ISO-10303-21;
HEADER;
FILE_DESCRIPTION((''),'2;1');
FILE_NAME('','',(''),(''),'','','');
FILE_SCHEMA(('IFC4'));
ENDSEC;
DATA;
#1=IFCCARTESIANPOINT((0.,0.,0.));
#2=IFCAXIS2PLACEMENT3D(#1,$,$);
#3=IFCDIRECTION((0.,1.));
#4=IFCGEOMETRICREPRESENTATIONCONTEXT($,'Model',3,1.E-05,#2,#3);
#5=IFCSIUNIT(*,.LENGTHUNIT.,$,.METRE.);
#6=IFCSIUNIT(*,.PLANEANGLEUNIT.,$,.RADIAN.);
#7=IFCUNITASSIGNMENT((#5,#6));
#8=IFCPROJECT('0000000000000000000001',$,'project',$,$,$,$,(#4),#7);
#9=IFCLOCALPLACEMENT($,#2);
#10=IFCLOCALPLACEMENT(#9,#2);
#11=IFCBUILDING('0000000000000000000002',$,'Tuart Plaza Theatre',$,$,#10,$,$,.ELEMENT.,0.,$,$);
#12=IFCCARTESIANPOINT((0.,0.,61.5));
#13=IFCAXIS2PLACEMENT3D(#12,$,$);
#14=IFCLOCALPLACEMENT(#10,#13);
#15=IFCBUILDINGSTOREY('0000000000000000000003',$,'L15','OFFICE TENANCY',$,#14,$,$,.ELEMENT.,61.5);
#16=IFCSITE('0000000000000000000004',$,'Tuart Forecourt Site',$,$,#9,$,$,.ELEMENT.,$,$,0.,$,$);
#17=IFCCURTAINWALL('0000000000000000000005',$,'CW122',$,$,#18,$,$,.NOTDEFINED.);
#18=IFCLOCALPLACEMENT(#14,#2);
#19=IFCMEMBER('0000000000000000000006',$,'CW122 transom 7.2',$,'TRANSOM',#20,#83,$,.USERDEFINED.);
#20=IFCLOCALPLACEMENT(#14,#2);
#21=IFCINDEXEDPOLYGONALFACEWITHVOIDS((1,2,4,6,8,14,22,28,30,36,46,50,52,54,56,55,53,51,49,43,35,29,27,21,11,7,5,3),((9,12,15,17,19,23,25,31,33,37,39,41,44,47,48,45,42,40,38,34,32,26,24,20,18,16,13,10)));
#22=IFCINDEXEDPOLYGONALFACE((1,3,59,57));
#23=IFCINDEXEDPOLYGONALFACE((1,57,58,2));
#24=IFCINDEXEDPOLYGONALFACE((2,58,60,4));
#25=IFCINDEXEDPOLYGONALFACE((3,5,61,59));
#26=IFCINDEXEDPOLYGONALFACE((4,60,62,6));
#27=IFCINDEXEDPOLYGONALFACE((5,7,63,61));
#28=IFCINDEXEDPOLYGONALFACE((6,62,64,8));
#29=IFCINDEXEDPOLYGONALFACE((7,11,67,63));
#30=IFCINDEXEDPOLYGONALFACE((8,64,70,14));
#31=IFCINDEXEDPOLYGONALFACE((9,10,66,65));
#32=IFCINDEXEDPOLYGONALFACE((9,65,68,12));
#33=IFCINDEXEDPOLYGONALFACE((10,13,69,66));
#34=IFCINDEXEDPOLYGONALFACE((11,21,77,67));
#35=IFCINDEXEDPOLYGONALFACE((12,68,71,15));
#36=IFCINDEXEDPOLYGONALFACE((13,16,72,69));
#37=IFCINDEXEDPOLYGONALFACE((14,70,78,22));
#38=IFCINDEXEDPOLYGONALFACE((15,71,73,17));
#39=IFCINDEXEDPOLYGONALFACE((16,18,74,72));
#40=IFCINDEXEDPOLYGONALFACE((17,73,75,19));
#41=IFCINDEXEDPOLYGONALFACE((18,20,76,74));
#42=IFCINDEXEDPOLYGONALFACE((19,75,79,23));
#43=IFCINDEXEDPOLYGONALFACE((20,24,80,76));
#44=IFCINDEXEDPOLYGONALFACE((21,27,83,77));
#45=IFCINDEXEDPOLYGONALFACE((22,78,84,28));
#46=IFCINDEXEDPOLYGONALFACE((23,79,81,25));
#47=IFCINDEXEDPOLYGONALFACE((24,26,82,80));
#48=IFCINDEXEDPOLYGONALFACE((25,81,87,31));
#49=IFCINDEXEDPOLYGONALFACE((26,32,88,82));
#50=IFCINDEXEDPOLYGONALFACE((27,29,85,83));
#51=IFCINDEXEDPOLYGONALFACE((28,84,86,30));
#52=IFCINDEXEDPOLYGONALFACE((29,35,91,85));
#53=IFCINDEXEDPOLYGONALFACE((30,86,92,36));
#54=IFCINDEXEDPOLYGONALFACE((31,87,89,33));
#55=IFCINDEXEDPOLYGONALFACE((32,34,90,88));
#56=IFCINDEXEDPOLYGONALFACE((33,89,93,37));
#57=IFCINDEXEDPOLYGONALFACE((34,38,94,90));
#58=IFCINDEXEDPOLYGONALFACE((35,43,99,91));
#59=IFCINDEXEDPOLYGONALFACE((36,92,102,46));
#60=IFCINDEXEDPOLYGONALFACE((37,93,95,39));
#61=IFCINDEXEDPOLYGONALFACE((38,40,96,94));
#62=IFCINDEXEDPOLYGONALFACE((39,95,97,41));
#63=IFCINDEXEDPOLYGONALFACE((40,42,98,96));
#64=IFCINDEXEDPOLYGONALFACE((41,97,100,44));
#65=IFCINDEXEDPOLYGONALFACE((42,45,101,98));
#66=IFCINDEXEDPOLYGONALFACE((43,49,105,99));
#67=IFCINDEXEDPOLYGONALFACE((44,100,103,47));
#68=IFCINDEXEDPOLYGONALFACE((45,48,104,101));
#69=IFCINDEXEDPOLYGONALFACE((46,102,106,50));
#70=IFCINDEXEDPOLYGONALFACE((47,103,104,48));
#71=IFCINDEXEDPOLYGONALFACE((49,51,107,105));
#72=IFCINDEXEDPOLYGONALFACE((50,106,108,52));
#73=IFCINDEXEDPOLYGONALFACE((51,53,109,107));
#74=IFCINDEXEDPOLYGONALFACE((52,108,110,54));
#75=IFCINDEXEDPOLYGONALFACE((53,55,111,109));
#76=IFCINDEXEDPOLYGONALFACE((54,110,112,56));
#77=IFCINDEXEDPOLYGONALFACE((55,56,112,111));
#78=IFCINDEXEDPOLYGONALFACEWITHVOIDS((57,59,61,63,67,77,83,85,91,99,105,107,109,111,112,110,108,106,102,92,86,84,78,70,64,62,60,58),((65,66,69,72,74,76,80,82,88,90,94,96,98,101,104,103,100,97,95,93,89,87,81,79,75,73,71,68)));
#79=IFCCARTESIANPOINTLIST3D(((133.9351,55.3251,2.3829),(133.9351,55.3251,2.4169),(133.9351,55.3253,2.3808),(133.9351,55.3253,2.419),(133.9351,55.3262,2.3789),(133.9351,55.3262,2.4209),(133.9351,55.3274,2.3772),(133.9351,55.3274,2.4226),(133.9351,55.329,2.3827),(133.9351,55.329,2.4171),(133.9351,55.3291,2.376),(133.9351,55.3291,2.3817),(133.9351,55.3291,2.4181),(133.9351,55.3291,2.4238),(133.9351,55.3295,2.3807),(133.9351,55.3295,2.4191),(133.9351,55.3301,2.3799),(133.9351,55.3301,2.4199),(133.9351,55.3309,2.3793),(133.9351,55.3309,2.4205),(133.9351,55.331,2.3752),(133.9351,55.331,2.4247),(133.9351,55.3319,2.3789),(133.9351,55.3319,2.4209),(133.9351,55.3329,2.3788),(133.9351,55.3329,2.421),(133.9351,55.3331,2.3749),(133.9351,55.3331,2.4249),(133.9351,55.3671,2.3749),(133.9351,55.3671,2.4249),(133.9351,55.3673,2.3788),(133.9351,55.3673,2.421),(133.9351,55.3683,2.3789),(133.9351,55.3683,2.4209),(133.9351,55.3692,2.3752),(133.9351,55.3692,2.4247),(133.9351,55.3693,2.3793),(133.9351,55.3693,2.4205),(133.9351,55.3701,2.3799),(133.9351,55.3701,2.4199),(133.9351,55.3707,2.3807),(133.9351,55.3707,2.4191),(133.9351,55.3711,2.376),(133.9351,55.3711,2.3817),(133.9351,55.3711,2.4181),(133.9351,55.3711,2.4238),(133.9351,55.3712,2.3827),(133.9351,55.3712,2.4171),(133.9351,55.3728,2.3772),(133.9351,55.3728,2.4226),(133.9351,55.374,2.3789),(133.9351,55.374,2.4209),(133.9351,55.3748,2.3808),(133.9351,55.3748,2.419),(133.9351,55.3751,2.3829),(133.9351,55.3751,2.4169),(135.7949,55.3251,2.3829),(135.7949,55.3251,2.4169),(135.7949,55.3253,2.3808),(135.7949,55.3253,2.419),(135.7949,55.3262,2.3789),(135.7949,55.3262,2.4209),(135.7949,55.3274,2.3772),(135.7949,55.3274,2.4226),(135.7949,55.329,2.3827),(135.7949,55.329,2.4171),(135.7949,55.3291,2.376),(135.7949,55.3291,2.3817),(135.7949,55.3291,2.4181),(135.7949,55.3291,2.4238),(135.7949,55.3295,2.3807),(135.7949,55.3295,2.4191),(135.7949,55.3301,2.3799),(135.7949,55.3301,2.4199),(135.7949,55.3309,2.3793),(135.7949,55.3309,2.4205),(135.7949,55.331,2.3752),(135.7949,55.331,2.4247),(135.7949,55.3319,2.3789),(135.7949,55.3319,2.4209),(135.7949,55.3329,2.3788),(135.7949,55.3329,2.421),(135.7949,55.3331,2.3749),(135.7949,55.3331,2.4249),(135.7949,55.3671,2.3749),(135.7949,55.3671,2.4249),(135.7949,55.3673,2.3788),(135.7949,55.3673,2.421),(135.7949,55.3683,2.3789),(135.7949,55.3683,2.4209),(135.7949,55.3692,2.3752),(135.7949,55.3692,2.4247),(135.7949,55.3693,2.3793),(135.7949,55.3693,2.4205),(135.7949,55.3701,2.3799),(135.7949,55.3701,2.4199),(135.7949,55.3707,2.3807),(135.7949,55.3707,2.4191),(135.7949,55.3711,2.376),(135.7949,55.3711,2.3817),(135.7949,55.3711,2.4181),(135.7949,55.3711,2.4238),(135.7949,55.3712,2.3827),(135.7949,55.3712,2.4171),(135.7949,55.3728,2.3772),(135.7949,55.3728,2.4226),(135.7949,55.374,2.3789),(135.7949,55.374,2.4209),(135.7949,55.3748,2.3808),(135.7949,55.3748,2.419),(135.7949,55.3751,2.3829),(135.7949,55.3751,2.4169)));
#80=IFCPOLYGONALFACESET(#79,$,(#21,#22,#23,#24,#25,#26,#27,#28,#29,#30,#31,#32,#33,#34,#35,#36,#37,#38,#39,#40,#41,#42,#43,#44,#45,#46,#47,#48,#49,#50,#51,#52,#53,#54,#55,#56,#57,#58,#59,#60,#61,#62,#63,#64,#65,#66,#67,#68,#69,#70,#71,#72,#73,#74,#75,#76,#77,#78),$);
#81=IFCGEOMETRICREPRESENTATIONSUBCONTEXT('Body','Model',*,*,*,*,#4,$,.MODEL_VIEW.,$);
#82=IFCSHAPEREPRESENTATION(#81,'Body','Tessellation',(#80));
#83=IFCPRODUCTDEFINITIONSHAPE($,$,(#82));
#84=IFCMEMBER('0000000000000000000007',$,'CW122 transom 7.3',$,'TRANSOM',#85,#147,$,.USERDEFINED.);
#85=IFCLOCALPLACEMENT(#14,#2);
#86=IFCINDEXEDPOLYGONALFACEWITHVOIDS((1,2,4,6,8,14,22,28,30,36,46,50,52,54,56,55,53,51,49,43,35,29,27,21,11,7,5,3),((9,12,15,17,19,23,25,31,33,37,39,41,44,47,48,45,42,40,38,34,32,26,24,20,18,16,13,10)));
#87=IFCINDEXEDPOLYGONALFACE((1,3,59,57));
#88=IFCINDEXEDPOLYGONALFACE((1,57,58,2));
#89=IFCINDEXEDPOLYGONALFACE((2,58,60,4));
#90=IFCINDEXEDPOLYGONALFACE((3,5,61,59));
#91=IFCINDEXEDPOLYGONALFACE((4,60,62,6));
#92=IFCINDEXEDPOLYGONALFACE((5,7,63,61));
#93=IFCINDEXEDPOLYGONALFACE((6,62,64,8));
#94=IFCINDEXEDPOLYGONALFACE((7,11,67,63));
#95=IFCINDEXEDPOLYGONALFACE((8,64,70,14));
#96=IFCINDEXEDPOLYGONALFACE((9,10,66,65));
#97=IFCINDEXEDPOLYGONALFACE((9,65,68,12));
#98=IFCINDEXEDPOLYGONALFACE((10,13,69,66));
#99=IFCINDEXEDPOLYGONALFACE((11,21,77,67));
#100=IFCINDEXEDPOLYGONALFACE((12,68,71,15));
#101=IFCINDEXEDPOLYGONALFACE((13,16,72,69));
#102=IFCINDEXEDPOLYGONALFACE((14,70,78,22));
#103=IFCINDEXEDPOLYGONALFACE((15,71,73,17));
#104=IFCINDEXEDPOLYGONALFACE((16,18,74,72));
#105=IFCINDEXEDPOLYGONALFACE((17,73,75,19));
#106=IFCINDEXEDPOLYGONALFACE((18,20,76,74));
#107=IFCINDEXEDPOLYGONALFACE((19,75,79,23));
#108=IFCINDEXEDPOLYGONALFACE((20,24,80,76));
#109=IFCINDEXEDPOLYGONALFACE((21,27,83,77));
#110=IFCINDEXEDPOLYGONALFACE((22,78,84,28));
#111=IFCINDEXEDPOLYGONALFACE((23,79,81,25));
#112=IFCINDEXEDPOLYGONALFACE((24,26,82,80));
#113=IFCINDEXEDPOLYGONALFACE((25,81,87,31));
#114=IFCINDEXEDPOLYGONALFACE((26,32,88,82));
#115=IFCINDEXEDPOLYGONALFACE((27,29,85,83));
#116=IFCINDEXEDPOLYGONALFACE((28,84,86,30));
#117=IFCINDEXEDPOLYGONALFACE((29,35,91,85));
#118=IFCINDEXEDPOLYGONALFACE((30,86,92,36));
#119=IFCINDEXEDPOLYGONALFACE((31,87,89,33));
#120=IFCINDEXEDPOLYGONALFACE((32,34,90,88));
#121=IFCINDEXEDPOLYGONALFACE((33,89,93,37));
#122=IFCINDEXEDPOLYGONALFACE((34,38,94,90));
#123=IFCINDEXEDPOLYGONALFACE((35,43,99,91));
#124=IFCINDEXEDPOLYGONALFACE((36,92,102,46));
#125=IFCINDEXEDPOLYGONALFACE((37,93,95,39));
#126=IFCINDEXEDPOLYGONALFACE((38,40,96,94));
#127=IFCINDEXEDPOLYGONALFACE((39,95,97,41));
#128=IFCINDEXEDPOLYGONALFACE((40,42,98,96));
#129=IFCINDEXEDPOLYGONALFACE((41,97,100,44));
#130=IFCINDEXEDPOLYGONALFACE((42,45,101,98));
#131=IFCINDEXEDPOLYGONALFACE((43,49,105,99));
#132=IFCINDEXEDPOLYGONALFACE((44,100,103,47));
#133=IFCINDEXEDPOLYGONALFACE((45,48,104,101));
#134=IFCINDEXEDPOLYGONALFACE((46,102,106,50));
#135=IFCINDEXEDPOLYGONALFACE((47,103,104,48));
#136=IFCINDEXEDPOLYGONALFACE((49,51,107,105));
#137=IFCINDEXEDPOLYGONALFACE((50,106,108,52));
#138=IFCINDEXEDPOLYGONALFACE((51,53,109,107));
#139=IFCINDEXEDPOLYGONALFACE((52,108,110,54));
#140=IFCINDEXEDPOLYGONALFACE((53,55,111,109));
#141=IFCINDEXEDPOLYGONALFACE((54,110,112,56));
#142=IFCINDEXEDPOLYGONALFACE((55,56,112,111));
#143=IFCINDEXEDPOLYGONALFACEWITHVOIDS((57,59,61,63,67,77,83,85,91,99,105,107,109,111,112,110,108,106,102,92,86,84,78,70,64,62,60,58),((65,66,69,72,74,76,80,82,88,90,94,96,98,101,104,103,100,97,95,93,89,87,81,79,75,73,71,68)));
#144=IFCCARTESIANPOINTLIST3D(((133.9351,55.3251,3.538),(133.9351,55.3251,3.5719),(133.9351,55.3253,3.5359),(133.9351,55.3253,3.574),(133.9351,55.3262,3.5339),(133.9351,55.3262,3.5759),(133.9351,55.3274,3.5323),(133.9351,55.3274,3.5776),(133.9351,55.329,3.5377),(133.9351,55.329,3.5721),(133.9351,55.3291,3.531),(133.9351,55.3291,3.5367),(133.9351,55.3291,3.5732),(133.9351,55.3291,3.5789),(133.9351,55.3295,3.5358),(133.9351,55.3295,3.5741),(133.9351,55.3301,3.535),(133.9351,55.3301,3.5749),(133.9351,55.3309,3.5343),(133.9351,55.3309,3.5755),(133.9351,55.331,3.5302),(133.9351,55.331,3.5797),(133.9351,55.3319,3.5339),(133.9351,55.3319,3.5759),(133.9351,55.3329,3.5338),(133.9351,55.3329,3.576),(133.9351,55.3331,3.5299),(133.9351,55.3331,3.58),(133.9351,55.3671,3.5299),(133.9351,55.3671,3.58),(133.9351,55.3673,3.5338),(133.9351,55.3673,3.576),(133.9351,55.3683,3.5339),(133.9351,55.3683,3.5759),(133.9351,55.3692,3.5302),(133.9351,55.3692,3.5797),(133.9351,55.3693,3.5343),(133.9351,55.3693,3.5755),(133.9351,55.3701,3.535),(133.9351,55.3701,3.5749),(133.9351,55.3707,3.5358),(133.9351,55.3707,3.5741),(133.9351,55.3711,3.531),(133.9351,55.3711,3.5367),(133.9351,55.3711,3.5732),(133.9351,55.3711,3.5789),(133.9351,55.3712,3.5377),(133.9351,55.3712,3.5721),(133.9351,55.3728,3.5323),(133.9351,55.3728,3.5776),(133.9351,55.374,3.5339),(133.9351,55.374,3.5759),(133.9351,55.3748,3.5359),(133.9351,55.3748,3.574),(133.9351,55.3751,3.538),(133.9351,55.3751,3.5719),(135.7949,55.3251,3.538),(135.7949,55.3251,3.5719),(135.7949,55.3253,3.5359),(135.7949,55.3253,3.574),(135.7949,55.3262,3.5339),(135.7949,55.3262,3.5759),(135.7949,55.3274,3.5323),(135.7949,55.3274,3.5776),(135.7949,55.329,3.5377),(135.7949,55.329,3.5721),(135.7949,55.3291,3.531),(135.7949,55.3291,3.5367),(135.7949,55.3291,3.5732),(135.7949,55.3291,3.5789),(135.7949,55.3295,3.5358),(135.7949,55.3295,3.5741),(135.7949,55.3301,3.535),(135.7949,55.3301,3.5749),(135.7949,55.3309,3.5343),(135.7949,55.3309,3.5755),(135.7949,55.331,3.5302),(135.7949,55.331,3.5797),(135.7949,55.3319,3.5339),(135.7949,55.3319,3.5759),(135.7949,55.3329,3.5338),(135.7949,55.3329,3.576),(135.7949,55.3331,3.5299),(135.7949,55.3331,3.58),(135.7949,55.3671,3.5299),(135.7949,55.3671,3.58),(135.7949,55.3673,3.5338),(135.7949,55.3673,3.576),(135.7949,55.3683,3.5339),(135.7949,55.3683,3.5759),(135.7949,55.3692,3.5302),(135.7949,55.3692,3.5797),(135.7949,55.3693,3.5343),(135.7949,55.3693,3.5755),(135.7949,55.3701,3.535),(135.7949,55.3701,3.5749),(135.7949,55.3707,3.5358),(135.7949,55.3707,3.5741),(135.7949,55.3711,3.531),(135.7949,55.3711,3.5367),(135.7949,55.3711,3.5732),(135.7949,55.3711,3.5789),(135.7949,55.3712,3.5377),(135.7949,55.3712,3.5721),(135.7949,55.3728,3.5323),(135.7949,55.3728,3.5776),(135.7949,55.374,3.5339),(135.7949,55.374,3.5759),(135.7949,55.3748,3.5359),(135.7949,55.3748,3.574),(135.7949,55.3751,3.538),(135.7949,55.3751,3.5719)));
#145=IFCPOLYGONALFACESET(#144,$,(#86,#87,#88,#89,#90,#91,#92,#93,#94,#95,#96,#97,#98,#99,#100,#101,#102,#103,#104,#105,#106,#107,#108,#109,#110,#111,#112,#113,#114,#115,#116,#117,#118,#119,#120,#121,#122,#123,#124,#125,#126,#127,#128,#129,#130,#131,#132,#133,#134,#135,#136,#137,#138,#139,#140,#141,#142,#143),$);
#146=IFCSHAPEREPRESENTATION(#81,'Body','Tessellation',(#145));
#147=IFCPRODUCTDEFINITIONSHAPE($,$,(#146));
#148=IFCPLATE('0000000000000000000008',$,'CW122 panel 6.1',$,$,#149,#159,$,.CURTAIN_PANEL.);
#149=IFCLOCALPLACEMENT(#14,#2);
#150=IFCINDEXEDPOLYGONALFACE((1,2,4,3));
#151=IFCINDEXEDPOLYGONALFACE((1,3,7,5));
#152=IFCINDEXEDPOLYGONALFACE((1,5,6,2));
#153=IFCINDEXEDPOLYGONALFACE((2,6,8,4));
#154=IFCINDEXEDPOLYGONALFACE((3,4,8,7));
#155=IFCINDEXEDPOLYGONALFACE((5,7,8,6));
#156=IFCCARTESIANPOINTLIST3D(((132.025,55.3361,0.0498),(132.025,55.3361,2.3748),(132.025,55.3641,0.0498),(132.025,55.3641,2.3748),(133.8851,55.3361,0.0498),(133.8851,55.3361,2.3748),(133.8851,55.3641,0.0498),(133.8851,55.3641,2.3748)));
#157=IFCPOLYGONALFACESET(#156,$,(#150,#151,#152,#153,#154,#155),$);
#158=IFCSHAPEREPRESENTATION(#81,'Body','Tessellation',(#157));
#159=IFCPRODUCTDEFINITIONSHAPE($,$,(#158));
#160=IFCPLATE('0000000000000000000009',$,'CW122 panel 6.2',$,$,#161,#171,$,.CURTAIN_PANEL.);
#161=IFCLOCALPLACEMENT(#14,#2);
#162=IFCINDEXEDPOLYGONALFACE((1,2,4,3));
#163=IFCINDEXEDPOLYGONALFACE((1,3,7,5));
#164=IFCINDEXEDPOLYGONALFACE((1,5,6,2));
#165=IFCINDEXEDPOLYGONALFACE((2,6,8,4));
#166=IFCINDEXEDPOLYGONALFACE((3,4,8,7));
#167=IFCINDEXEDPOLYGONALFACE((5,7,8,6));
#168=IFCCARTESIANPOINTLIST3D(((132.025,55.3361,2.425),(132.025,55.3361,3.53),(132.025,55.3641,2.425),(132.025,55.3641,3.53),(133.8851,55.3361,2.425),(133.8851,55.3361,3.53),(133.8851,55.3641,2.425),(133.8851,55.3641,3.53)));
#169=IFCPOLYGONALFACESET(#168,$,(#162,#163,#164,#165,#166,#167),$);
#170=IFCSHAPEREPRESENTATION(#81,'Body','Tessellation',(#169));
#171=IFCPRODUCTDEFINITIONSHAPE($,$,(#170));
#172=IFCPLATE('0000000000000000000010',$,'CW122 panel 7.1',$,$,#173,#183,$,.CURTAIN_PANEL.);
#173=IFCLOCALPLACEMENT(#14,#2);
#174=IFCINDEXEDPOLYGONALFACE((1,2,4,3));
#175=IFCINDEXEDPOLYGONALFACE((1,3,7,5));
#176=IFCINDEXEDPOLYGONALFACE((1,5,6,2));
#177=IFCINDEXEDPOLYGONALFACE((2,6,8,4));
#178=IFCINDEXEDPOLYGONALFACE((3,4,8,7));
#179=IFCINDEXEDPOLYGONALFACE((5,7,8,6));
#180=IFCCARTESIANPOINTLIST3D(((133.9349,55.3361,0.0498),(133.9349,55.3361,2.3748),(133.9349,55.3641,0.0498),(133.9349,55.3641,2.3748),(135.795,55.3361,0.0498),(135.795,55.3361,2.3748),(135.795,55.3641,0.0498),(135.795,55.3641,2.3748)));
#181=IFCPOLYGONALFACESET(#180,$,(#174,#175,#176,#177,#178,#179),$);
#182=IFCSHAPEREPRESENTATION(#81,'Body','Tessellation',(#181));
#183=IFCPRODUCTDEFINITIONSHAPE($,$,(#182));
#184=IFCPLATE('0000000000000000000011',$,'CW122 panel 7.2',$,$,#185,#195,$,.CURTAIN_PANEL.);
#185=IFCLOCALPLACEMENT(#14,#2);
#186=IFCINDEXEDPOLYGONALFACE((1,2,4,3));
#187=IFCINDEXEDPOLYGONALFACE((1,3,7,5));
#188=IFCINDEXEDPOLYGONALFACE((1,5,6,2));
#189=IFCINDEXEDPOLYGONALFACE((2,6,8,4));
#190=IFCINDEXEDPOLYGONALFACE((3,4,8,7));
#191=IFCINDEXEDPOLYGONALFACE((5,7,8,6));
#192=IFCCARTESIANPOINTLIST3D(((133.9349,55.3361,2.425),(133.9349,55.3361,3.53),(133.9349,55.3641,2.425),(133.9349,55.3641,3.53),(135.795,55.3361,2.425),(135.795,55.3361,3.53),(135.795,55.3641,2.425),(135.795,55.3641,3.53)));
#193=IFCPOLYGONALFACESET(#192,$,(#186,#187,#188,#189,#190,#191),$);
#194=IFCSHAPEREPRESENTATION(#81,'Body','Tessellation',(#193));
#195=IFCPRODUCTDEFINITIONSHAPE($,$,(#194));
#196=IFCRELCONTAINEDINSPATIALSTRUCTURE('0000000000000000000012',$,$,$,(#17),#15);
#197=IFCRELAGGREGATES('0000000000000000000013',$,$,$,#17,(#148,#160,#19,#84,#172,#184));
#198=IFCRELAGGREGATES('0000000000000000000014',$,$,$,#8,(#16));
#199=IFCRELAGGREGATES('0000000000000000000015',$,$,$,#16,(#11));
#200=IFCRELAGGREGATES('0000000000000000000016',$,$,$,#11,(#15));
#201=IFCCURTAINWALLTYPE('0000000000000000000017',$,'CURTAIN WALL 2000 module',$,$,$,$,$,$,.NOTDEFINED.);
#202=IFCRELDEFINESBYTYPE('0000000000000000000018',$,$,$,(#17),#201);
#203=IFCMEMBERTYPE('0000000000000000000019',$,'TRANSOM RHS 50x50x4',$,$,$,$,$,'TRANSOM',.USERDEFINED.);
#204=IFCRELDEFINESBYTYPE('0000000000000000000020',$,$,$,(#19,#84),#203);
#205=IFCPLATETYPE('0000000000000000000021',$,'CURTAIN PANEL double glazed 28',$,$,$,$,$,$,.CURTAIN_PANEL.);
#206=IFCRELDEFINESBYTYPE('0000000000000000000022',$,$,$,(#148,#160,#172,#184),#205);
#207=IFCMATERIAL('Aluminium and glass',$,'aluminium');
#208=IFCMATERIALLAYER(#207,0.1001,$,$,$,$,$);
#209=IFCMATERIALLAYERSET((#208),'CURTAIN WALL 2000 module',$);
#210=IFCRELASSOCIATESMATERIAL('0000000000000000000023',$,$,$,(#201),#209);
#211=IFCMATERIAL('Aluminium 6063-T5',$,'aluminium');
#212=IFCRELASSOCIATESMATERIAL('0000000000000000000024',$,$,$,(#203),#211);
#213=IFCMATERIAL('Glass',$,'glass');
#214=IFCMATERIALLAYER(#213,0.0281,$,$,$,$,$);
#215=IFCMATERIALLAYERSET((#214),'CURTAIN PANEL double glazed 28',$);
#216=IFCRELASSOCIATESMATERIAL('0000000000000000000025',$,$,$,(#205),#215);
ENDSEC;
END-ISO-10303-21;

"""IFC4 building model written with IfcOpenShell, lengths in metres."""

from ifc_helpers import new_model, si_unit, direction, frame, origin, origin_2d, place, context, subcontext, project, spatial, rectangle, hollow_rectangle, extrude, material, layer, layer_set, material_profile, profile_set, type_object, element, aggregate, save


model = new_model("IFC4")

# Units and contexts
model_context = context("Model", 3, precision=1e-05, world=origin(), true_north=direction((0.0, 1.0)))
body_context = subcontext(model_context, "Body", "Model", "MODEL_VIEW")
ifc_project = project(units=[si_unit("LENGTHUNIT", "METRE"), si_unit("PLANEANGLEUNIT", "RADIAN")], contexts=[model_context])

# Site, building, storey
site_placement = place(None, origin())
site = spatial("IfcSite", under=ifc_project, at=site_placement, Name="Tuart Forecourt Site", CompositionType="ELEMENT", RefElevation=0.0)
building_placement = place(site_placement, origin())
building = spatial("IfcBuilding", under=site, at=building_placement, Name="Tuart Plaza Theatre", CompositionType="ELEMENT", ElevationOfRefHeight=0.0)
storey_placement = place(building_placement, frame((0.0, 0.0, 61.5)))
storey = spatial("IfcBuildingStorey", under=building, at=storey_placement, Name="L15", Description="OFFICE TENANCY", CompositionType="ELEMENT", Elevation=61.5)

# Curtain wall, members, plates
ifc_material_1 = material(Name="Aluminium and glass", Category="aluminium")
ifc_layer_1 = layer(ifc_material_1, 0.1001)
ifc_layer_set_1 = layer_set([ifc_layer_1], Name="CURTAIN WALL 2000 module")
curtain_wall_type = type_object("IfcCurtainWallType", Name="CURTAIN WALL 2000 module", PredefinedType="NOTDEFINED", material=ifc_layer_set_1)
curtain_wall_placement = place(storey_placement, origin())
curtain_wall = element("IfcCurtainWall", 1, at=curtain_wall_placement, inside=storey, type_object=curtain_wall_type, Name="CW122", PredefinedType="NOTDEFINED")
ifc_material_2 = material(Name="Aluminium 6063-T5", Category="aluminium")
ifc_material_profile_1 = material_profile(ifc_material_2, hollow_rectangle(XDim=0.05, YDim=0.05, WallThickness=0.0039, InnerFilletRadius=0.0039, OuterFilletRadius=0.0081, at=origin_2d()), Name="RHS 50x50x4")
ifc_profile_set_1 = profile_set([ifc_material_profile_1], Name="Aluminium 6063-T5")
member_type_1 = type_object("IfcMemberType", Name="TRANSOM RHS 50x50x4", ElementType="TRANSOM", PredefinedType="USERDEFINED", material=ifc_profile_set_1)
member_1_placement = place(storey_placement, frame((133.9351, 55.3501, 2.3999), z_axis=(1.0, 0.0, 0.0), x_axis=(0.0, 1.0, 0.0)))
member_1 = element("IfcMember", 2, at=member_1_placement, type_object=member_type_1, Name="CW122 transom 7.2", ObjectType="TRANSOM", PredefinedType="USERDEFINED", context=body_context, shape_type="SweptSolid", body=[
    extrude(hollow_rectangle(XDim=0.05, YDim=0.05, WallThickness=0.0039, InnerFilletRadius=0.0039, OuterFilletRadius=0.0081, at=origin_2d()), origin(), (0.0, 0.0, 1.0), 1.8599),
])
member_2_placement = place(storey_placement, frame((133.9351, 55.3501, 3.5549), z_axis=(1.0, 0.0, 0.0), x_axis=(0.0, 1.0, 0.0)))
member_2 = element("IfcMember", 3, at=member_2_placement, type_object=member_type_1, Name="CW122 transom 7.3", ObjectType="TRANSOM", PredefinedType="USERDEFINED", context=body_context, shape_type="SweptSolid", body=[
    extrude(hollow_rectangle(XDim=0.05, YDim=0.05, WallThickness=0.0039, InnerFilletRadius=0.0039, OuterFilletRadius=0.0081, at=origin_2d()), origin(), (0.0, 0.0, 1.0), 1.8599),
])
ifc_material_3 = material(Name="Glass", Category="glass")
ifc_layer_2 = layer(ifc_material_3, 0.0281)
ifc_layer_set_2 = layer_set([ifc_layer_2], Name="CURTAIN PANEL double glazed 28")
plate_type = type_object("IfcPlateType", Name="CURTAIN PANEL double glazed 28", PredefinedType="CURTAIN_PANEL", material=ifc_layer_set_2)
plate_1_placement = place(storey_placement, frame((132.9551, 55.3501, 0.0498), z_axis=(0.0, 0.0, 1.0), x_axis=(1.0, 0.0, 0.0)))
plate_1 = element("IfcPlate", 4, at=plate_1_placement, type_object=plate_type, Name="CW122 panel 6.1", PredefinedType="CURTAIN_PANEL", context=body_context, shape_type="SweptSolid", body=[
    extrude(rectangle(XDim=1.8601, YDim=0.0281, at=origin_2d()), origin(), (0.0, 0.0, 1.0), 2.325),
])
plate_2_placement = place(storey_placement, frame((132.9551, 55.3501, 2.425), z_axis=(0.0, 0.0, 1.0), x_axis=(1.0, 0.0, 0.0)))
plate_2 = element("IfcPlate", 5, at=plate_2_placement, type_object=plate_type, Name="CW122 panel 6.2", PredefinedType="CURTAIN_PANEL", context=body_context, shape_type="SweptSolid", body=[
    extrude(rectangle(XDim=1.8601, YDim=0.0281, at=origin_2d()), origin(), (0.0, 0.0, 1.0), 1.105),
])
plate_3_placement = place(storey_placement, frame((134.865, 55.3501, 0.0498), z_axis=(0.0, 0.0, 1.0), x_axis=(1.0, 0.0, 0.0)))
plate_3 = element("IfcPlate", 6, at=plate_3_placement, type_object=plate_type, Name="CW122 panel 7.1", PredefinedType="CURTAIN_PANEL", context=body_context, shape_type="SweptSolid", body=[
    extrude(rectangle(XDim=1.8601, YDim=0.0281, at=origin_2d()), origin(), (0.0, 0.0, 1.0), 2.325),
])
plate_4_placement = place(storey_placement, frame((134.865, 55.3501, 2.425), z_axis=(0.0, 0.0, 1.0), x_axis=(1.0, 0.0, 0.0)))
plate_4 = element("IfcPlate", 7, at=plate_4_placement, type_object=plate_type, Name="CW122 panel 7.2", PredefinedType="CURTAIN_PANEL", context=body_context, shape_type="SweptSolid", body=[
    extrude(rectangle(XDim=1.8601, YDim=0.0281, at=origin_2d()), origin(), (0.0, 0.0, 1.0), 1.105),
])
aggregate(curtain_wall, [plate_1, plate_2, member_1, member_2, plate_3, plate_4])

save(model, "model.ifc")
